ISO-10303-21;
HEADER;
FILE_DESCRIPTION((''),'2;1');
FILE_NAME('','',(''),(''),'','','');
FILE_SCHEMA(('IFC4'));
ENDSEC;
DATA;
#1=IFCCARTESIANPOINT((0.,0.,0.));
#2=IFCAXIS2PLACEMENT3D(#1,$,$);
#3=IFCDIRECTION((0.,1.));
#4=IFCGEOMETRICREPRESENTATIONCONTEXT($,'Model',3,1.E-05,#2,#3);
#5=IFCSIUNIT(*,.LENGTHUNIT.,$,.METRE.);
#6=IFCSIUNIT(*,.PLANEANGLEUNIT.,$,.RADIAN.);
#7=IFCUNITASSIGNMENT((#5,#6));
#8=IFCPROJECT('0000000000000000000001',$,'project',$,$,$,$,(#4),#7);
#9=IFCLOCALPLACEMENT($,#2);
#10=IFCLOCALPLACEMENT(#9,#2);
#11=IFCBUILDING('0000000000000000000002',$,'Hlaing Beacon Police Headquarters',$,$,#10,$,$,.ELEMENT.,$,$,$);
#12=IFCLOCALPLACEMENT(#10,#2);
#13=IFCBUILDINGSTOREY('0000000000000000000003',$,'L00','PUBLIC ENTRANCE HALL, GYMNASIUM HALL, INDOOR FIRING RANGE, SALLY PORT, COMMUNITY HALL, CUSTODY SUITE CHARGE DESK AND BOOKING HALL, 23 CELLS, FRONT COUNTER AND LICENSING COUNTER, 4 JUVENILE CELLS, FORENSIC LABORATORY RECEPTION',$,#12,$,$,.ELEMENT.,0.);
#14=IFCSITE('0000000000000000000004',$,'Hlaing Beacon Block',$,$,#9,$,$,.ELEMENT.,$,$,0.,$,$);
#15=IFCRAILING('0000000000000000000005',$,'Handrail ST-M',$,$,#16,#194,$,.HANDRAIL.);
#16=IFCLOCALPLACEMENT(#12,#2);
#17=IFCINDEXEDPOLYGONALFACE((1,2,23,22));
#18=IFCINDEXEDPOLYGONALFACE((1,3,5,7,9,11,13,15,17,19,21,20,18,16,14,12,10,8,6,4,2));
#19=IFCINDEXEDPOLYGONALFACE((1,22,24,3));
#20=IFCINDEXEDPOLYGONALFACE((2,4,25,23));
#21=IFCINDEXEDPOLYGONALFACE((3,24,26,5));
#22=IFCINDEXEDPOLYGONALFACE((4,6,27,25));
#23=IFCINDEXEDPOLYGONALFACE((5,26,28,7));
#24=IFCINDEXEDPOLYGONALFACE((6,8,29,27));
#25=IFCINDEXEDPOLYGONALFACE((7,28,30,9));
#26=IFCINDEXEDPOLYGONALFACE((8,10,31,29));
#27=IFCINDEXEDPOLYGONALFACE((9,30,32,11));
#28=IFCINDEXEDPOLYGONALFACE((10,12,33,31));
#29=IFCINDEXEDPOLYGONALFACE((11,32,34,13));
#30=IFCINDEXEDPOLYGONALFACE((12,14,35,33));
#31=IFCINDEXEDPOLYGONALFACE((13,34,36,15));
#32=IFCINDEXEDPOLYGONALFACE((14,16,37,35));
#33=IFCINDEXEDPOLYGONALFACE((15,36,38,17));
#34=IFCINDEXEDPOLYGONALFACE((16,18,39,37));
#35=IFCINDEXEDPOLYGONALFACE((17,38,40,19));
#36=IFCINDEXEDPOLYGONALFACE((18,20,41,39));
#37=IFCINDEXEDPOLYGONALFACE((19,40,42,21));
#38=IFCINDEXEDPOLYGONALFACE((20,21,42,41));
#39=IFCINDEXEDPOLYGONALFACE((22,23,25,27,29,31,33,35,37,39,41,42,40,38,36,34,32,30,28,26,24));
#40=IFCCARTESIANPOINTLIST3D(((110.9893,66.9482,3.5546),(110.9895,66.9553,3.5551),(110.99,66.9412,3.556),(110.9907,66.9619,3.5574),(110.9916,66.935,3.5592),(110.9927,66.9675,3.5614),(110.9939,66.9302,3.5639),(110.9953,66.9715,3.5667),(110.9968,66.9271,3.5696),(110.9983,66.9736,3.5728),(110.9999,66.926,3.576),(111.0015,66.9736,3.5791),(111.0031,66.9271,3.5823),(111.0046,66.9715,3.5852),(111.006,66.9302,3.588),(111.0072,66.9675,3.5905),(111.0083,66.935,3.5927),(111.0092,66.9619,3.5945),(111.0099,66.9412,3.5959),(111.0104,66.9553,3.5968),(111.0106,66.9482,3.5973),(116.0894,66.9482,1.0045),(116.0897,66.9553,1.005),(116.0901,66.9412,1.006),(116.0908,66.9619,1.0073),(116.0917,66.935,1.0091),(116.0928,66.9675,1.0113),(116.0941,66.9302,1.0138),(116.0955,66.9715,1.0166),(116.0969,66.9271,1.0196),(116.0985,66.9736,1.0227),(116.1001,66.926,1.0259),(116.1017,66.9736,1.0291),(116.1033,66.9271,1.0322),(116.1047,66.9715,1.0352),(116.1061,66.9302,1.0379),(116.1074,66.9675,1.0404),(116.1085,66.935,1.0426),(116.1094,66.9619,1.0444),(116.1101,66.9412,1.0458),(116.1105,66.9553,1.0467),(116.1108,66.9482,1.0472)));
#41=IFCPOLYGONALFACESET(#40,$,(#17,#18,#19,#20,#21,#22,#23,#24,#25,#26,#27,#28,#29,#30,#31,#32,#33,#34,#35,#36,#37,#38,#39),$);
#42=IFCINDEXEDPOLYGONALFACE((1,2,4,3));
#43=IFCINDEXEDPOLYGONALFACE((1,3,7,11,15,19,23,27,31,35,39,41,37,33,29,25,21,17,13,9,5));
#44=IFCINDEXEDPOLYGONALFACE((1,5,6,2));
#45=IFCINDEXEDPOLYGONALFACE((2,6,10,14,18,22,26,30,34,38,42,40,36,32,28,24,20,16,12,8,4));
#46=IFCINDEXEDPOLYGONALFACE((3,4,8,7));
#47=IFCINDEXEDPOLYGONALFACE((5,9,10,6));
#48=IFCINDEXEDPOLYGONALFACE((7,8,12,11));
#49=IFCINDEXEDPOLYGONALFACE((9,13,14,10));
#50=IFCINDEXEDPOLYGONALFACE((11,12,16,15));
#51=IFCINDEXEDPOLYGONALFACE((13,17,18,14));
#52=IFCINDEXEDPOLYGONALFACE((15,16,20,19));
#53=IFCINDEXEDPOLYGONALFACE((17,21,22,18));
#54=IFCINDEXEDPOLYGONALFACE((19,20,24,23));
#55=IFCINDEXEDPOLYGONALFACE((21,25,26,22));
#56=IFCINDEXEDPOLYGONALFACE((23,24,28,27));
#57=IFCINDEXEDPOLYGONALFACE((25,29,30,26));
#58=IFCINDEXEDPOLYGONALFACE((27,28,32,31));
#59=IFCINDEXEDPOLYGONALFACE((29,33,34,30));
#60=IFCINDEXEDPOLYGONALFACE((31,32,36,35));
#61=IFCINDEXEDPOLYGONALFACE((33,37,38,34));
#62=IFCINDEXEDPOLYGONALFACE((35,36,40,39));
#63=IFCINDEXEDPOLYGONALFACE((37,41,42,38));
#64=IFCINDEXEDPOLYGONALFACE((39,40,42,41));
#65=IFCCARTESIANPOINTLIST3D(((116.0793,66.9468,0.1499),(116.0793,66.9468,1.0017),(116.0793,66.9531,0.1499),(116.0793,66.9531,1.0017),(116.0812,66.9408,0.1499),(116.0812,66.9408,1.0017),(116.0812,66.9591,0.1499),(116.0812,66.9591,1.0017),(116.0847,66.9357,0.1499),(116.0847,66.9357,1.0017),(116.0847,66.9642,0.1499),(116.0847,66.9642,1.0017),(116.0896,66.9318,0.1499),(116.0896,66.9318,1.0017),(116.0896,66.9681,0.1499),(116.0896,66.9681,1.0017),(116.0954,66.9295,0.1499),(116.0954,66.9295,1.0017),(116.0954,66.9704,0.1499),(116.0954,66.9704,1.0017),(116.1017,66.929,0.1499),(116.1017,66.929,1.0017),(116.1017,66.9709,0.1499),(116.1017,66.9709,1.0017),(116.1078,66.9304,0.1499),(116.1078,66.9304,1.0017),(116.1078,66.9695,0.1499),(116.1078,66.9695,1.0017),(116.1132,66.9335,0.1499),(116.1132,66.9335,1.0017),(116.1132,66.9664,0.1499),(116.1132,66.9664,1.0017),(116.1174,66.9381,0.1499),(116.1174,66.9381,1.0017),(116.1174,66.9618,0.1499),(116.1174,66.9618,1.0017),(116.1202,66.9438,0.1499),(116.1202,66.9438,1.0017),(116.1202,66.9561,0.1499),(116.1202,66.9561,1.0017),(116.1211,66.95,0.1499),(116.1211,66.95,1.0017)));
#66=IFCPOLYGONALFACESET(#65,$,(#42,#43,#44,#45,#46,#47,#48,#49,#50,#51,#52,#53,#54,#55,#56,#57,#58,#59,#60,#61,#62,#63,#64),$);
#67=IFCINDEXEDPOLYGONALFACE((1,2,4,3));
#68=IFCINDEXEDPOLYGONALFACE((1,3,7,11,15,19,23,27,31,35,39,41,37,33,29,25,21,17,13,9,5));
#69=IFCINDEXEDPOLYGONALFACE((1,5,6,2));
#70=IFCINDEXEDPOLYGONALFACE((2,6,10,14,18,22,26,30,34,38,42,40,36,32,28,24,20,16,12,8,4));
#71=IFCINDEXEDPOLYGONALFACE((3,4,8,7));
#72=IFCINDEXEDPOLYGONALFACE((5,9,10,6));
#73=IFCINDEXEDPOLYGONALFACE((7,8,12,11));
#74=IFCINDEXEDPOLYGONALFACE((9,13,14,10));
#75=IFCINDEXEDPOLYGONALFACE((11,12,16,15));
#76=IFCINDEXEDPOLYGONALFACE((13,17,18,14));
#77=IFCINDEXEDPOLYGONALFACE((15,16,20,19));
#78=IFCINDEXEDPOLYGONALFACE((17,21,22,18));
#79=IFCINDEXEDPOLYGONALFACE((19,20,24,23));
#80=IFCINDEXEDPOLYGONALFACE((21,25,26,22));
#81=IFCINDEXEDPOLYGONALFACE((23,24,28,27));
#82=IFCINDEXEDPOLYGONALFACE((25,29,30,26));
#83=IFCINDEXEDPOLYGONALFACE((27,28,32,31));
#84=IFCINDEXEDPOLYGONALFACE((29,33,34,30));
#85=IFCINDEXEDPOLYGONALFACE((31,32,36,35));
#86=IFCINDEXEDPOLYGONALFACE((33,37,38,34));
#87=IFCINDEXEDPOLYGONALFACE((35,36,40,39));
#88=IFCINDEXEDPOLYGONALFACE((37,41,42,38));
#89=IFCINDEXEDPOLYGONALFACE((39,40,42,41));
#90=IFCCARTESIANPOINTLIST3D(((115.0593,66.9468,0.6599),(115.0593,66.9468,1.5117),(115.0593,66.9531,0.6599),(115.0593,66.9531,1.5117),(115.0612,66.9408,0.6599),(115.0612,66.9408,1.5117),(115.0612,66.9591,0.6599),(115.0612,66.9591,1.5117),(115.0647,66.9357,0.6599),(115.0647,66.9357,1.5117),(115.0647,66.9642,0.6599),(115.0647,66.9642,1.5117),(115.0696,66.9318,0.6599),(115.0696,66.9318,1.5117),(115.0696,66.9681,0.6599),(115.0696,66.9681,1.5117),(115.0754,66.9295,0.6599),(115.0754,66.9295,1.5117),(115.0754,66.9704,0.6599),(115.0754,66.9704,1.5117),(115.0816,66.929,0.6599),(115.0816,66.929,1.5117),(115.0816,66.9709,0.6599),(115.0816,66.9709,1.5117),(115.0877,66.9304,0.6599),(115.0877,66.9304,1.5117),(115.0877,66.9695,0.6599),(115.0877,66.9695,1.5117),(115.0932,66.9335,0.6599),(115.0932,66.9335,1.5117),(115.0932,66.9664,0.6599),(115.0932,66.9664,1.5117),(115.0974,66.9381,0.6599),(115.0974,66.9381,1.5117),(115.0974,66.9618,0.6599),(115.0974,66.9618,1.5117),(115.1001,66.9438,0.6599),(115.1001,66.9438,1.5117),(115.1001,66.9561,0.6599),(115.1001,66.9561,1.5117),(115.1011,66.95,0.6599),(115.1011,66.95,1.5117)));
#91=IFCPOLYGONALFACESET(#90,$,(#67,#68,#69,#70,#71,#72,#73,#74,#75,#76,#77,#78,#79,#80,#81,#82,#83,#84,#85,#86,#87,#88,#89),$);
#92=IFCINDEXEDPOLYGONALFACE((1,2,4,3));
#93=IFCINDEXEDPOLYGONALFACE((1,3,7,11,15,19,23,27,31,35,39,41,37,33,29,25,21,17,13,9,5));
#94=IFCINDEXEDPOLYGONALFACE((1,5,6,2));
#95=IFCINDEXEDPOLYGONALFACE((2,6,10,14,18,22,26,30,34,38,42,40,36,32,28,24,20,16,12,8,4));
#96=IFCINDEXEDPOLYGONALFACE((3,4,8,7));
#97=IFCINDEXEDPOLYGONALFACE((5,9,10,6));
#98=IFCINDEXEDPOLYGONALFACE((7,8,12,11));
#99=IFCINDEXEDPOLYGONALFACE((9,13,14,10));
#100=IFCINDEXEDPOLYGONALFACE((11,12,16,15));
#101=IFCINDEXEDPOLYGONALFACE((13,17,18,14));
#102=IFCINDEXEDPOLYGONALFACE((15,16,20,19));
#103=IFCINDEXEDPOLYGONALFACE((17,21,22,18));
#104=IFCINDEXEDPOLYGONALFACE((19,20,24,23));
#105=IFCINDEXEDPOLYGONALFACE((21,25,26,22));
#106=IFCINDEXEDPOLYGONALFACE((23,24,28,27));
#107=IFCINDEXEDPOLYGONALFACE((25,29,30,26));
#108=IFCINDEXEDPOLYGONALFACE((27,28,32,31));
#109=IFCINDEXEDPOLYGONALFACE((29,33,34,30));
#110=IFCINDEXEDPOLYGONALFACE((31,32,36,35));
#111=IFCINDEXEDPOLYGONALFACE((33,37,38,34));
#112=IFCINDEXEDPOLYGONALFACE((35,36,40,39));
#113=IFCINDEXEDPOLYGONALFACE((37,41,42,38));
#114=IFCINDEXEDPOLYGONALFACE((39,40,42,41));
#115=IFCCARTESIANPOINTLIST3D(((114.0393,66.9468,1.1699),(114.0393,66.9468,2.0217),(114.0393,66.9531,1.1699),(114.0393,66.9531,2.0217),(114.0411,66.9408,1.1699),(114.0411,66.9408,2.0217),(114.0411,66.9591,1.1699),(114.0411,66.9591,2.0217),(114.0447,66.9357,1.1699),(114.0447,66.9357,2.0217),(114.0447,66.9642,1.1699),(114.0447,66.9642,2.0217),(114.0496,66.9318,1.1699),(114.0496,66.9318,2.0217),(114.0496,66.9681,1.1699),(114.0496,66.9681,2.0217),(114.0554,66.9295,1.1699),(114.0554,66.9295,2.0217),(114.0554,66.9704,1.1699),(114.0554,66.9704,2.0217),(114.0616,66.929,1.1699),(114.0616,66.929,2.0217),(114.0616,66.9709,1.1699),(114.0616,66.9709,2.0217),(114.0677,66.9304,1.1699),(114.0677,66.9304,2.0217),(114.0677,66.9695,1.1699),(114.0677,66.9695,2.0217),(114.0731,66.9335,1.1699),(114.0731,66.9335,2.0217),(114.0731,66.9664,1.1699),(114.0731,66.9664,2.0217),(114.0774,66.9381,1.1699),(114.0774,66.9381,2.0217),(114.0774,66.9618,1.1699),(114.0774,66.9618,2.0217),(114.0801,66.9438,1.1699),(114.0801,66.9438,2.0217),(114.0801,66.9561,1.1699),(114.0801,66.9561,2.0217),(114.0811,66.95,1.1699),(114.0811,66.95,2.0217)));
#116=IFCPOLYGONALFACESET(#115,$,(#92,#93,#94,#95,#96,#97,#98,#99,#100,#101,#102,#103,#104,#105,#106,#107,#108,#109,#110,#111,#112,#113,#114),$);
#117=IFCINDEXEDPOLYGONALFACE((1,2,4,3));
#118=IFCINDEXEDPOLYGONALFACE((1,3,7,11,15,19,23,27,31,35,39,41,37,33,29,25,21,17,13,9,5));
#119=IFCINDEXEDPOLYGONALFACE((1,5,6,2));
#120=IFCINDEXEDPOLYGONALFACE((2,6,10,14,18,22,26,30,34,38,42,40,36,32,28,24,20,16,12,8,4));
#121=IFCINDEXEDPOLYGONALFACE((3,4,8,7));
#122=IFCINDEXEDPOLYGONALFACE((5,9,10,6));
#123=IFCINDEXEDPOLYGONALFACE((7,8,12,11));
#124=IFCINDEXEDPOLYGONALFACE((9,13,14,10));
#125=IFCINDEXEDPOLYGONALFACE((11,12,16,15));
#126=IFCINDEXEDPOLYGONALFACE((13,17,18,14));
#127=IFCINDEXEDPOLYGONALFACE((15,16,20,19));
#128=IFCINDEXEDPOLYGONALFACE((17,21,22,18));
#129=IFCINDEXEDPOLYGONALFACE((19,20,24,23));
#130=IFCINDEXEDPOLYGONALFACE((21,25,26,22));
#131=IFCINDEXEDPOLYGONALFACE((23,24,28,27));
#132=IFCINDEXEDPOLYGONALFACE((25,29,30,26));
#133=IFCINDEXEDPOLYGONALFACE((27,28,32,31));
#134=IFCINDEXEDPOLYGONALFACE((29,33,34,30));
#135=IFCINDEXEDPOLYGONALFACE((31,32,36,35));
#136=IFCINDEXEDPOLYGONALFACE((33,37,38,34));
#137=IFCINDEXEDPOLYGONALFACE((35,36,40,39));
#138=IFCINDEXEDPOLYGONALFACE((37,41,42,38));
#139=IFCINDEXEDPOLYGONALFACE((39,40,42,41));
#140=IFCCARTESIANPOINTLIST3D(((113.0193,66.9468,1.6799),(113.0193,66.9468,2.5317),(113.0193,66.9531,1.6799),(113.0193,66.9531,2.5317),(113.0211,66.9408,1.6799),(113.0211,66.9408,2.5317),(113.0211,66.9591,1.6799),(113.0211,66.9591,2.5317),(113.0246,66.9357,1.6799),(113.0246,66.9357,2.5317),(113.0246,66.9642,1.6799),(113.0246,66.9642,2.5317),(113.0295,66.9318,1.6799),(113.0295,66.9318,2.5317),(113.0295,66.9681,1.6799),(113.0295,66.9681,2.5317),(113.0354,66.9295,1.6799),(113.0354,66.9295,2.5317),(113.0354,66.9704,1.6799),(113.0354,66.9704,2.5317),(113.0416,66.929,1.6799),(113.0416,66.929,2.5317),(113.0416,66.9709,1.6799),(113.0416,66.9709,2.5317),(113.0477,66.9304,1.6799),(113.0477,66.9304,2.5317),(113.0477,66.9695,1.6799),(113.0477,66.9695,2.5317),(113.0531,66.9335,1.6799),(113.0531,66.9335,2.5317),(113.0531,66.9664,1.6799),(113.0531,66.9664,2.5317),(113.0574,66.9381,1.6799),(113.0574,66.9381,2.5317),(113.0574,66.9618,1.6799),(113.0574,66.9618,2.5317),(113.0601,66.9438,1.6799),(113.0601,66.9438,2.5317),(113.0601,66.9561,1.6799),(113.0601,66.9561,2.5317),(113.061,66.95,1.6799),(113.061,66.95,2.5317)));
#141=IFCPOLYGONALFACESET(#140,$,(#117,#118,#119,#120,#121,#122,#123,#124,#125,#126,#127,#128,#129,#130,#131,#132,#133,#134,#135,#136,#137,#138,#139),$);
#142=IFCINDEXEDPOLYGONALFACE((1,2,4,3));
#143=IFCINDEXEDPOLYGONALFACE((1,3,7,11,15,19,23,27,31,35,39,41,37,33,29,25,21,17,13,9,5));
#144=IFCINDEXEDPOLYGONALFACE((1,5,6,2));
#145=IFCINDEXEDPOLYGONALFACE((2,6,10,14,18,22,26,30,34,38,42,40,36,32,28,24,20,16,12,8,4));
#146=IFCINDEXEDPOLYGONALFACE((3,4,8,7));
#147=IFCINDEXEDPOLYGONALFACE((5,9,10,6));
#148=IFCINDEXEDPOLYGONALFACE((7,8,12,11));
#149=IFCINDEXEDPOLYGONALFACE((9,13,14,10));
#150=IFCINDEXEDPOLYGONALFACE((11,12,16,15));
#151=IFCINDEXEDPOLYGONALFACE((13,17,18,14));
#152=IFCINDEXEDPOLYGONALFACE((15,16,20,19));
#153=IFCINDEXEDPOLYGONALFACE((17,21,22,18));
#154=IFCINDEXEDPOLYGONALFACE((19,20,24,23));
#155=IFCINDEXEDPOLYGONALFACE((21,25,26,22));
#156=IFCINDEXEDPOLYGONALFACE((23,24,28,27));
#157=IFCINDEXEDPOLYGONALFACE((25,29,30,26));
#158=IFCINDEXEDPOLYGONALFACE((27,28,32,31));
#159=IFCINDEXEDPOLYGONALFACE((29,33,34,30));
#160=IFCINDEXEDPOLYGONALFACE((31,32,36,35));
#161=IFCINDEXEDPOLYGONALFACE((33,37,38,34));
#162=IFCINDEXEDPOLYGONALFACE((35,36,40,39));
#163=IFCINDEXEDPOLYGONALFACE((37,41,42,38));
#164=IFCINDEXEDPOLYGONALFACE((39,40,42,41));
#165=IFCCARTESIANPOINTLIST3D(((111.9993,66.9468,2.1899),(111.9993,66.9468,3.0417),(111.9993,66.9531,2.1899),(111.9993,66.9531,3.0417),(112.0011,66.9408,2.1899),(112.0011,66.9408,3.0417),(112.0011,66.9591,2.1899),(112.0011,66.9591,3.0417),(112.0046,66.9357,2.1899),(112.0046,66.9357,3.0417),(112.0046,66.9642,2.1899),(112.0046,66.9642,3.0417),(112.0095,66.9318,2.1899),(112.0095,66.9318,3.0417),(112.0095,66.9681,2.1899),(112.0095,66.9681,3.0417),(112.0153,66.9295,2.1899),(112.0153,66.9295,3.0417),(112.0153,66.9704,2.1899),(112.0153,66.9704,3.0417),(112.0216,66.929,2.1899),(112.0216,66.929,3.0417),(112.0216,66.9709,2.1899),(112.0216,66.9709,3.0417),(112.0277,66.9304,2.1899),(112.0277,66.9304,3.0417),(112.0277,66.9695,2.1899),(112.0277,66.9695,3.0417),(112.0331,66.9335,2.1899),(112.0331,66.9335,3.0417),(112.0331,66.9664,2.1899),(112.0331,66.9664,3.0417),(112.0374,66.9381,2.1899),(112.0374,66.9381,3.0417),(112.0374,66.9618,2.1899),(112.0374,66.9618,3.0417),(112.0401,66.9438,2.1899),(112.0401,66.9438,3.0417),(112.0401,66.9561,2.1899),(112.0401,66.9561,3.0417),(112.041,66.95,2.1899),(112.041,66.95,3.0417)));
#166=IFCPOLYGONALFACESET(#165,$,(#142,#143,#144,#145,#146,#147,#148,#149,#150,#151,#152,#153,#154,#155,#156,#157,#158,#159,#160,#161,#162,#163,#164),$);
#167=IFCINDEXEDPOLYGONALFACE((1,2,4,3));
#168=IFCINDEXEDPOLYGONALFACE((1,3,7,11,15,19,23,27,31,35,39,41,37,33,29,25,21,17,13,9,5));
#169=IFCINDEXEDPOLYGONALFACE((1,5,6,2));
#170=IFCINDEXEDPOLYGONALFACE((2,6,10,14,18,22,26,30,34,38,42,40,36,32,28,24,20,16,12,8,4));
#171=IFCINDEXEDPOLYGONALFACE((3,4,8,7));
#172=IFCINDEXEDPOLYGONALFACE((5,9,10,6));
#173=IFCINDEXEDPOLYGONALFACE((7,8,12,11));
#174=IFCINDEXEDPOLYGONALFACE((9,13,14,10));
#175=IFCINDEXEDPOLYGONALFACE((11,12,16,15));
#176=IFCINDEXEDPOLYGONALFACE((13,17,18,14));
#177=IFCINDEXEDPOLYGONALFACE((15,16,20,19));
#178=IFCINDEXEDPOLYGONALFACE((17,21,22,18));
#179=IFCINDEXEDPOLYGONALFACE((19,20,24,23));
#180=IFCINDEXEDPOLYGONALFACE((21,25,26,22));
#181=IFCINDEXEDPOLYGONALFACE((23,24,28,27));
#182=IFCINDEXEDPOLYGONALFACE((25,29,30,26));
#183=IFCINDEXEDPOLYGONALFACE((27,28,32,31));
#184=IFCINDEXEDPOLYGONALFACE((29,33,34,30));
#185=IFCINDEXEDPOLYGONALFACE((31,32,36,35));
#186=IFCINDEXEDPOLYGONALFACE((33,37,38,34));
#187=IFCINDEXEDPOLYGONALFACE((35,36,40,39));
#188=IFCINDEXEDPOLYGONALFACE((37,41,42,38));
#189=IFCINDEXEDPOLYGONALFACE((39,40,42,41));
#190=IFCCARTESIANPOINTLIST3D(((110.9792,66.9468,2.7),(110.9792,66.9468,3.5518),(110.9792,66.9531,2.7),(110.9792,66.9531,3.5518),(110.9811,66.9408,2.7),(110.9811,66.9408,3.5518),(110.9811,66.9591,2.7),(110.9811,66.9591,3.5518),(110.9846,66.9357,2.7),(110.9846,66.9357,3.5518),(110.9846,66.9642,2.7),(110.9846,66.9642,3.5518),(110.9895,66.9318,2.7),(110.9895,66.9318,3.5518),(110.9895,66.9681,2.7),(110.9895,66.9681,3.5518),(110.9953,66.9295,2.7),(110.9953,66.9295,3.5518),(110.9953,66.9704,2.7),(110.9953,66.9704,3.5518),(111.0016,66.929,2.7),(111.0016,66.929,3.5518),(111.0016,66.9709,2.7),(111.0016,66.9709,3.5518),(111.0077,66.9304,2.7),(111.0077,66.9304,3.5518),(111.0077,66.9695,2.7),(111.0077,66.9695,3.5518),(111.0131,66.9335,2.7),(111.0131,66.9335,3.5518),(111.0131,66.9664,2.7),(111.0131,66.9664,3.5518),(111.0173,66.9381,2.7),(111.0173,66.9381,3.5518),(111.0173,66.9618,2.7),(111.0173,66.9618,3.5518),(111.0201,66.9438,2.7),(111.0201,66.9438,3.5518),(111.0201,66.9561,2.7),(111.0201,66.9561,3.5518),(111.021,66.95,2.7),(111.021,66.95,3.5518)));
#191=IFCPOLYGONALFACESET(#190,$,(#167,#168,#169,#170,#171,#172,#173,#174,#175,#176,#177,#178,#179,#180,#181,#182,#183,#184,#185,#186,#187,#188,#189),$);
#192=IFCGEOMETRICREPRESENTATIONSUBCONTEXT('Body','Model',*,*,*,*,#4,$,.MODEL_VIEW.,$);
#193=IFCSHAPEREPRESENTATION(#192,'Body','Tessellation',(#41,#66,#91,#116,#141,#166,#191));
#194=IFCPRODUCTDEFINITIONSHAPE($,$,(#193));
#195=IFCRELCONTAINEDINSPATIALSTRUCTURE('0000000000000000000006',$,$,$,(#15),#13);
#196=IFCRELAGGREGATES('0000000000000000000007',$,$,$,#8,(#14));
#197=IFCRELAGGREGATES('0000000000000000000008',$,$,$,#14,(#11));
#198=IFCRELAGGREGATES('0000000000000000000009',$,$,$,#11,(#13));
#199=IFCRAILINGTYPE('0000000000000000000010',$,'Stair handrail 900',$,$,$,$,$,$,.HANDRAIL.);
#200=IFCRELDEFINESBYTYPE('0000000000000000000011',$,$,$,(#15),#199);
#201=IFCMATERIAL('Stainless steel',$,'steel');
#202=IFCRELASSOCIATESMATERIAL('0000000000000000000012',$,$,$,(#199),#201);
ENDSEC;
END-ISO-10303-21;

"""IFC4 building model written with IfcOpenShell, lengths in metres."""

from ifc_helpers import new_model, si_unit, direction, frame, origin, origin_2d, place, context, subcontext, project, spatial, circle, extrude, material, type_object, element, save


model = new_model("IFC4")

# Units and contexts
model_context = context("Model", 3, precision=1e-05, world=origin(), true_north=direction((0.0, 1.0)))
body_context = subcontext(model_context, "Body", "Model", "MODEL_VIEW")
ifc_project = project(units=[si_unit("LENGTHUNIT", "METRE"), si_unit("PLANEANGLEUNIT", "RADIAN")], contexts=[model_context])

# Site, building, storey
site_placement = place(None, origin())
site = spatial("IfcSite", under=ifc_project, at=site_placement, Name="Hlaing Beacon Block", CompositionType="ELEMENT", RefElevation=0.0)
building_placement = place(site_placement, origin())
building = spatial("IfcBuilding", under=site, at=building_placement, Name="Hlaing Beacon Police Headquarters", CompositionType="ELEMENT")
storey_placement = place(building_placement, origin())
storey = spatial("IfcBuildingStorey", under=building, at=storey_placement, Name="L00", Description="PUBLIC ENTRANCE HALL, GYMNASIUM HALL, INDOOR FIRING RANGE, SALLY PORT, COMMUNITY HALL, CUSTODY SUITE CHARGE DESK AND BOOKING HALL, 23 CELLS, FRONT COUNTER AND LICENSING COUNTER, 4 JUVENILE CELLS, FORENSIC LABORATORY RECEPTION", CompositionType="ELEMENT", Elevation=0.0)

# Railing
ifc_material_1 = material(Name="Stainless steel", Category="steel")
railing_type_1 = type_object("IfcRailingType", Name="Stair handrail 900", PredefinedType="HANDRAIL", material=ifc_material_1)
for number, where, name in (
    (1, (116.1001, 66.95, 0.1499), "Handrail ST-M"),
):
    element("IfcRailing", number, at=place(storey_placement, frame(where)), inside=storey, type_object=railing_type_1, Name=name, PredefinedType="HANDRAIL", context=body_context, shape_type="SweptSolid", body=[
        extrude(circle(Radius=0.0239, at=origin_2d()), frame((0.0, 0.0, 0.876), z_axis=(-0.894427, 0.0, 0.447214), x_axis=(0.0, -1.0, 0.0)), (0.0, 0.0, 1.0), 5.7021),
        extrude(circle(Radius=0.021, at=origin_2d()), origin(), (0.0, 0.0, 1.0), 0.8518),
        extrude(circle(Radius=0.021, at=origin_2d()), frame((-1.02, 0.0, 0.51)), (0.0, 0.0, 1.0), 0.8518),
        extrude(circle(Radius=0.021, at=origin_2d()), frame((-2.04, 0.0, 1.02)), (0.0, 0.0, 1.0), 0.8518),
        extrude(circle(Radius=0.021, at=origin_2d()), frame((-3.0601, 0.0, 1.53)), (0.0, 0.0, 1.0), 0.8518),
        extrude(circle(Radius=0.021, at=origin_2d()), frame((-4.0801, 0.0, 2.04)), (0.0, 0.0, 1.0), 0.8518),
        extrude(circle(Radius=0.021, at=origin_2d()), frame((-5.1001, 0.0, 2.55)), (0.0, 0.0, 1.0), 0.8518),
    ])

save(model, "model.ifc")
